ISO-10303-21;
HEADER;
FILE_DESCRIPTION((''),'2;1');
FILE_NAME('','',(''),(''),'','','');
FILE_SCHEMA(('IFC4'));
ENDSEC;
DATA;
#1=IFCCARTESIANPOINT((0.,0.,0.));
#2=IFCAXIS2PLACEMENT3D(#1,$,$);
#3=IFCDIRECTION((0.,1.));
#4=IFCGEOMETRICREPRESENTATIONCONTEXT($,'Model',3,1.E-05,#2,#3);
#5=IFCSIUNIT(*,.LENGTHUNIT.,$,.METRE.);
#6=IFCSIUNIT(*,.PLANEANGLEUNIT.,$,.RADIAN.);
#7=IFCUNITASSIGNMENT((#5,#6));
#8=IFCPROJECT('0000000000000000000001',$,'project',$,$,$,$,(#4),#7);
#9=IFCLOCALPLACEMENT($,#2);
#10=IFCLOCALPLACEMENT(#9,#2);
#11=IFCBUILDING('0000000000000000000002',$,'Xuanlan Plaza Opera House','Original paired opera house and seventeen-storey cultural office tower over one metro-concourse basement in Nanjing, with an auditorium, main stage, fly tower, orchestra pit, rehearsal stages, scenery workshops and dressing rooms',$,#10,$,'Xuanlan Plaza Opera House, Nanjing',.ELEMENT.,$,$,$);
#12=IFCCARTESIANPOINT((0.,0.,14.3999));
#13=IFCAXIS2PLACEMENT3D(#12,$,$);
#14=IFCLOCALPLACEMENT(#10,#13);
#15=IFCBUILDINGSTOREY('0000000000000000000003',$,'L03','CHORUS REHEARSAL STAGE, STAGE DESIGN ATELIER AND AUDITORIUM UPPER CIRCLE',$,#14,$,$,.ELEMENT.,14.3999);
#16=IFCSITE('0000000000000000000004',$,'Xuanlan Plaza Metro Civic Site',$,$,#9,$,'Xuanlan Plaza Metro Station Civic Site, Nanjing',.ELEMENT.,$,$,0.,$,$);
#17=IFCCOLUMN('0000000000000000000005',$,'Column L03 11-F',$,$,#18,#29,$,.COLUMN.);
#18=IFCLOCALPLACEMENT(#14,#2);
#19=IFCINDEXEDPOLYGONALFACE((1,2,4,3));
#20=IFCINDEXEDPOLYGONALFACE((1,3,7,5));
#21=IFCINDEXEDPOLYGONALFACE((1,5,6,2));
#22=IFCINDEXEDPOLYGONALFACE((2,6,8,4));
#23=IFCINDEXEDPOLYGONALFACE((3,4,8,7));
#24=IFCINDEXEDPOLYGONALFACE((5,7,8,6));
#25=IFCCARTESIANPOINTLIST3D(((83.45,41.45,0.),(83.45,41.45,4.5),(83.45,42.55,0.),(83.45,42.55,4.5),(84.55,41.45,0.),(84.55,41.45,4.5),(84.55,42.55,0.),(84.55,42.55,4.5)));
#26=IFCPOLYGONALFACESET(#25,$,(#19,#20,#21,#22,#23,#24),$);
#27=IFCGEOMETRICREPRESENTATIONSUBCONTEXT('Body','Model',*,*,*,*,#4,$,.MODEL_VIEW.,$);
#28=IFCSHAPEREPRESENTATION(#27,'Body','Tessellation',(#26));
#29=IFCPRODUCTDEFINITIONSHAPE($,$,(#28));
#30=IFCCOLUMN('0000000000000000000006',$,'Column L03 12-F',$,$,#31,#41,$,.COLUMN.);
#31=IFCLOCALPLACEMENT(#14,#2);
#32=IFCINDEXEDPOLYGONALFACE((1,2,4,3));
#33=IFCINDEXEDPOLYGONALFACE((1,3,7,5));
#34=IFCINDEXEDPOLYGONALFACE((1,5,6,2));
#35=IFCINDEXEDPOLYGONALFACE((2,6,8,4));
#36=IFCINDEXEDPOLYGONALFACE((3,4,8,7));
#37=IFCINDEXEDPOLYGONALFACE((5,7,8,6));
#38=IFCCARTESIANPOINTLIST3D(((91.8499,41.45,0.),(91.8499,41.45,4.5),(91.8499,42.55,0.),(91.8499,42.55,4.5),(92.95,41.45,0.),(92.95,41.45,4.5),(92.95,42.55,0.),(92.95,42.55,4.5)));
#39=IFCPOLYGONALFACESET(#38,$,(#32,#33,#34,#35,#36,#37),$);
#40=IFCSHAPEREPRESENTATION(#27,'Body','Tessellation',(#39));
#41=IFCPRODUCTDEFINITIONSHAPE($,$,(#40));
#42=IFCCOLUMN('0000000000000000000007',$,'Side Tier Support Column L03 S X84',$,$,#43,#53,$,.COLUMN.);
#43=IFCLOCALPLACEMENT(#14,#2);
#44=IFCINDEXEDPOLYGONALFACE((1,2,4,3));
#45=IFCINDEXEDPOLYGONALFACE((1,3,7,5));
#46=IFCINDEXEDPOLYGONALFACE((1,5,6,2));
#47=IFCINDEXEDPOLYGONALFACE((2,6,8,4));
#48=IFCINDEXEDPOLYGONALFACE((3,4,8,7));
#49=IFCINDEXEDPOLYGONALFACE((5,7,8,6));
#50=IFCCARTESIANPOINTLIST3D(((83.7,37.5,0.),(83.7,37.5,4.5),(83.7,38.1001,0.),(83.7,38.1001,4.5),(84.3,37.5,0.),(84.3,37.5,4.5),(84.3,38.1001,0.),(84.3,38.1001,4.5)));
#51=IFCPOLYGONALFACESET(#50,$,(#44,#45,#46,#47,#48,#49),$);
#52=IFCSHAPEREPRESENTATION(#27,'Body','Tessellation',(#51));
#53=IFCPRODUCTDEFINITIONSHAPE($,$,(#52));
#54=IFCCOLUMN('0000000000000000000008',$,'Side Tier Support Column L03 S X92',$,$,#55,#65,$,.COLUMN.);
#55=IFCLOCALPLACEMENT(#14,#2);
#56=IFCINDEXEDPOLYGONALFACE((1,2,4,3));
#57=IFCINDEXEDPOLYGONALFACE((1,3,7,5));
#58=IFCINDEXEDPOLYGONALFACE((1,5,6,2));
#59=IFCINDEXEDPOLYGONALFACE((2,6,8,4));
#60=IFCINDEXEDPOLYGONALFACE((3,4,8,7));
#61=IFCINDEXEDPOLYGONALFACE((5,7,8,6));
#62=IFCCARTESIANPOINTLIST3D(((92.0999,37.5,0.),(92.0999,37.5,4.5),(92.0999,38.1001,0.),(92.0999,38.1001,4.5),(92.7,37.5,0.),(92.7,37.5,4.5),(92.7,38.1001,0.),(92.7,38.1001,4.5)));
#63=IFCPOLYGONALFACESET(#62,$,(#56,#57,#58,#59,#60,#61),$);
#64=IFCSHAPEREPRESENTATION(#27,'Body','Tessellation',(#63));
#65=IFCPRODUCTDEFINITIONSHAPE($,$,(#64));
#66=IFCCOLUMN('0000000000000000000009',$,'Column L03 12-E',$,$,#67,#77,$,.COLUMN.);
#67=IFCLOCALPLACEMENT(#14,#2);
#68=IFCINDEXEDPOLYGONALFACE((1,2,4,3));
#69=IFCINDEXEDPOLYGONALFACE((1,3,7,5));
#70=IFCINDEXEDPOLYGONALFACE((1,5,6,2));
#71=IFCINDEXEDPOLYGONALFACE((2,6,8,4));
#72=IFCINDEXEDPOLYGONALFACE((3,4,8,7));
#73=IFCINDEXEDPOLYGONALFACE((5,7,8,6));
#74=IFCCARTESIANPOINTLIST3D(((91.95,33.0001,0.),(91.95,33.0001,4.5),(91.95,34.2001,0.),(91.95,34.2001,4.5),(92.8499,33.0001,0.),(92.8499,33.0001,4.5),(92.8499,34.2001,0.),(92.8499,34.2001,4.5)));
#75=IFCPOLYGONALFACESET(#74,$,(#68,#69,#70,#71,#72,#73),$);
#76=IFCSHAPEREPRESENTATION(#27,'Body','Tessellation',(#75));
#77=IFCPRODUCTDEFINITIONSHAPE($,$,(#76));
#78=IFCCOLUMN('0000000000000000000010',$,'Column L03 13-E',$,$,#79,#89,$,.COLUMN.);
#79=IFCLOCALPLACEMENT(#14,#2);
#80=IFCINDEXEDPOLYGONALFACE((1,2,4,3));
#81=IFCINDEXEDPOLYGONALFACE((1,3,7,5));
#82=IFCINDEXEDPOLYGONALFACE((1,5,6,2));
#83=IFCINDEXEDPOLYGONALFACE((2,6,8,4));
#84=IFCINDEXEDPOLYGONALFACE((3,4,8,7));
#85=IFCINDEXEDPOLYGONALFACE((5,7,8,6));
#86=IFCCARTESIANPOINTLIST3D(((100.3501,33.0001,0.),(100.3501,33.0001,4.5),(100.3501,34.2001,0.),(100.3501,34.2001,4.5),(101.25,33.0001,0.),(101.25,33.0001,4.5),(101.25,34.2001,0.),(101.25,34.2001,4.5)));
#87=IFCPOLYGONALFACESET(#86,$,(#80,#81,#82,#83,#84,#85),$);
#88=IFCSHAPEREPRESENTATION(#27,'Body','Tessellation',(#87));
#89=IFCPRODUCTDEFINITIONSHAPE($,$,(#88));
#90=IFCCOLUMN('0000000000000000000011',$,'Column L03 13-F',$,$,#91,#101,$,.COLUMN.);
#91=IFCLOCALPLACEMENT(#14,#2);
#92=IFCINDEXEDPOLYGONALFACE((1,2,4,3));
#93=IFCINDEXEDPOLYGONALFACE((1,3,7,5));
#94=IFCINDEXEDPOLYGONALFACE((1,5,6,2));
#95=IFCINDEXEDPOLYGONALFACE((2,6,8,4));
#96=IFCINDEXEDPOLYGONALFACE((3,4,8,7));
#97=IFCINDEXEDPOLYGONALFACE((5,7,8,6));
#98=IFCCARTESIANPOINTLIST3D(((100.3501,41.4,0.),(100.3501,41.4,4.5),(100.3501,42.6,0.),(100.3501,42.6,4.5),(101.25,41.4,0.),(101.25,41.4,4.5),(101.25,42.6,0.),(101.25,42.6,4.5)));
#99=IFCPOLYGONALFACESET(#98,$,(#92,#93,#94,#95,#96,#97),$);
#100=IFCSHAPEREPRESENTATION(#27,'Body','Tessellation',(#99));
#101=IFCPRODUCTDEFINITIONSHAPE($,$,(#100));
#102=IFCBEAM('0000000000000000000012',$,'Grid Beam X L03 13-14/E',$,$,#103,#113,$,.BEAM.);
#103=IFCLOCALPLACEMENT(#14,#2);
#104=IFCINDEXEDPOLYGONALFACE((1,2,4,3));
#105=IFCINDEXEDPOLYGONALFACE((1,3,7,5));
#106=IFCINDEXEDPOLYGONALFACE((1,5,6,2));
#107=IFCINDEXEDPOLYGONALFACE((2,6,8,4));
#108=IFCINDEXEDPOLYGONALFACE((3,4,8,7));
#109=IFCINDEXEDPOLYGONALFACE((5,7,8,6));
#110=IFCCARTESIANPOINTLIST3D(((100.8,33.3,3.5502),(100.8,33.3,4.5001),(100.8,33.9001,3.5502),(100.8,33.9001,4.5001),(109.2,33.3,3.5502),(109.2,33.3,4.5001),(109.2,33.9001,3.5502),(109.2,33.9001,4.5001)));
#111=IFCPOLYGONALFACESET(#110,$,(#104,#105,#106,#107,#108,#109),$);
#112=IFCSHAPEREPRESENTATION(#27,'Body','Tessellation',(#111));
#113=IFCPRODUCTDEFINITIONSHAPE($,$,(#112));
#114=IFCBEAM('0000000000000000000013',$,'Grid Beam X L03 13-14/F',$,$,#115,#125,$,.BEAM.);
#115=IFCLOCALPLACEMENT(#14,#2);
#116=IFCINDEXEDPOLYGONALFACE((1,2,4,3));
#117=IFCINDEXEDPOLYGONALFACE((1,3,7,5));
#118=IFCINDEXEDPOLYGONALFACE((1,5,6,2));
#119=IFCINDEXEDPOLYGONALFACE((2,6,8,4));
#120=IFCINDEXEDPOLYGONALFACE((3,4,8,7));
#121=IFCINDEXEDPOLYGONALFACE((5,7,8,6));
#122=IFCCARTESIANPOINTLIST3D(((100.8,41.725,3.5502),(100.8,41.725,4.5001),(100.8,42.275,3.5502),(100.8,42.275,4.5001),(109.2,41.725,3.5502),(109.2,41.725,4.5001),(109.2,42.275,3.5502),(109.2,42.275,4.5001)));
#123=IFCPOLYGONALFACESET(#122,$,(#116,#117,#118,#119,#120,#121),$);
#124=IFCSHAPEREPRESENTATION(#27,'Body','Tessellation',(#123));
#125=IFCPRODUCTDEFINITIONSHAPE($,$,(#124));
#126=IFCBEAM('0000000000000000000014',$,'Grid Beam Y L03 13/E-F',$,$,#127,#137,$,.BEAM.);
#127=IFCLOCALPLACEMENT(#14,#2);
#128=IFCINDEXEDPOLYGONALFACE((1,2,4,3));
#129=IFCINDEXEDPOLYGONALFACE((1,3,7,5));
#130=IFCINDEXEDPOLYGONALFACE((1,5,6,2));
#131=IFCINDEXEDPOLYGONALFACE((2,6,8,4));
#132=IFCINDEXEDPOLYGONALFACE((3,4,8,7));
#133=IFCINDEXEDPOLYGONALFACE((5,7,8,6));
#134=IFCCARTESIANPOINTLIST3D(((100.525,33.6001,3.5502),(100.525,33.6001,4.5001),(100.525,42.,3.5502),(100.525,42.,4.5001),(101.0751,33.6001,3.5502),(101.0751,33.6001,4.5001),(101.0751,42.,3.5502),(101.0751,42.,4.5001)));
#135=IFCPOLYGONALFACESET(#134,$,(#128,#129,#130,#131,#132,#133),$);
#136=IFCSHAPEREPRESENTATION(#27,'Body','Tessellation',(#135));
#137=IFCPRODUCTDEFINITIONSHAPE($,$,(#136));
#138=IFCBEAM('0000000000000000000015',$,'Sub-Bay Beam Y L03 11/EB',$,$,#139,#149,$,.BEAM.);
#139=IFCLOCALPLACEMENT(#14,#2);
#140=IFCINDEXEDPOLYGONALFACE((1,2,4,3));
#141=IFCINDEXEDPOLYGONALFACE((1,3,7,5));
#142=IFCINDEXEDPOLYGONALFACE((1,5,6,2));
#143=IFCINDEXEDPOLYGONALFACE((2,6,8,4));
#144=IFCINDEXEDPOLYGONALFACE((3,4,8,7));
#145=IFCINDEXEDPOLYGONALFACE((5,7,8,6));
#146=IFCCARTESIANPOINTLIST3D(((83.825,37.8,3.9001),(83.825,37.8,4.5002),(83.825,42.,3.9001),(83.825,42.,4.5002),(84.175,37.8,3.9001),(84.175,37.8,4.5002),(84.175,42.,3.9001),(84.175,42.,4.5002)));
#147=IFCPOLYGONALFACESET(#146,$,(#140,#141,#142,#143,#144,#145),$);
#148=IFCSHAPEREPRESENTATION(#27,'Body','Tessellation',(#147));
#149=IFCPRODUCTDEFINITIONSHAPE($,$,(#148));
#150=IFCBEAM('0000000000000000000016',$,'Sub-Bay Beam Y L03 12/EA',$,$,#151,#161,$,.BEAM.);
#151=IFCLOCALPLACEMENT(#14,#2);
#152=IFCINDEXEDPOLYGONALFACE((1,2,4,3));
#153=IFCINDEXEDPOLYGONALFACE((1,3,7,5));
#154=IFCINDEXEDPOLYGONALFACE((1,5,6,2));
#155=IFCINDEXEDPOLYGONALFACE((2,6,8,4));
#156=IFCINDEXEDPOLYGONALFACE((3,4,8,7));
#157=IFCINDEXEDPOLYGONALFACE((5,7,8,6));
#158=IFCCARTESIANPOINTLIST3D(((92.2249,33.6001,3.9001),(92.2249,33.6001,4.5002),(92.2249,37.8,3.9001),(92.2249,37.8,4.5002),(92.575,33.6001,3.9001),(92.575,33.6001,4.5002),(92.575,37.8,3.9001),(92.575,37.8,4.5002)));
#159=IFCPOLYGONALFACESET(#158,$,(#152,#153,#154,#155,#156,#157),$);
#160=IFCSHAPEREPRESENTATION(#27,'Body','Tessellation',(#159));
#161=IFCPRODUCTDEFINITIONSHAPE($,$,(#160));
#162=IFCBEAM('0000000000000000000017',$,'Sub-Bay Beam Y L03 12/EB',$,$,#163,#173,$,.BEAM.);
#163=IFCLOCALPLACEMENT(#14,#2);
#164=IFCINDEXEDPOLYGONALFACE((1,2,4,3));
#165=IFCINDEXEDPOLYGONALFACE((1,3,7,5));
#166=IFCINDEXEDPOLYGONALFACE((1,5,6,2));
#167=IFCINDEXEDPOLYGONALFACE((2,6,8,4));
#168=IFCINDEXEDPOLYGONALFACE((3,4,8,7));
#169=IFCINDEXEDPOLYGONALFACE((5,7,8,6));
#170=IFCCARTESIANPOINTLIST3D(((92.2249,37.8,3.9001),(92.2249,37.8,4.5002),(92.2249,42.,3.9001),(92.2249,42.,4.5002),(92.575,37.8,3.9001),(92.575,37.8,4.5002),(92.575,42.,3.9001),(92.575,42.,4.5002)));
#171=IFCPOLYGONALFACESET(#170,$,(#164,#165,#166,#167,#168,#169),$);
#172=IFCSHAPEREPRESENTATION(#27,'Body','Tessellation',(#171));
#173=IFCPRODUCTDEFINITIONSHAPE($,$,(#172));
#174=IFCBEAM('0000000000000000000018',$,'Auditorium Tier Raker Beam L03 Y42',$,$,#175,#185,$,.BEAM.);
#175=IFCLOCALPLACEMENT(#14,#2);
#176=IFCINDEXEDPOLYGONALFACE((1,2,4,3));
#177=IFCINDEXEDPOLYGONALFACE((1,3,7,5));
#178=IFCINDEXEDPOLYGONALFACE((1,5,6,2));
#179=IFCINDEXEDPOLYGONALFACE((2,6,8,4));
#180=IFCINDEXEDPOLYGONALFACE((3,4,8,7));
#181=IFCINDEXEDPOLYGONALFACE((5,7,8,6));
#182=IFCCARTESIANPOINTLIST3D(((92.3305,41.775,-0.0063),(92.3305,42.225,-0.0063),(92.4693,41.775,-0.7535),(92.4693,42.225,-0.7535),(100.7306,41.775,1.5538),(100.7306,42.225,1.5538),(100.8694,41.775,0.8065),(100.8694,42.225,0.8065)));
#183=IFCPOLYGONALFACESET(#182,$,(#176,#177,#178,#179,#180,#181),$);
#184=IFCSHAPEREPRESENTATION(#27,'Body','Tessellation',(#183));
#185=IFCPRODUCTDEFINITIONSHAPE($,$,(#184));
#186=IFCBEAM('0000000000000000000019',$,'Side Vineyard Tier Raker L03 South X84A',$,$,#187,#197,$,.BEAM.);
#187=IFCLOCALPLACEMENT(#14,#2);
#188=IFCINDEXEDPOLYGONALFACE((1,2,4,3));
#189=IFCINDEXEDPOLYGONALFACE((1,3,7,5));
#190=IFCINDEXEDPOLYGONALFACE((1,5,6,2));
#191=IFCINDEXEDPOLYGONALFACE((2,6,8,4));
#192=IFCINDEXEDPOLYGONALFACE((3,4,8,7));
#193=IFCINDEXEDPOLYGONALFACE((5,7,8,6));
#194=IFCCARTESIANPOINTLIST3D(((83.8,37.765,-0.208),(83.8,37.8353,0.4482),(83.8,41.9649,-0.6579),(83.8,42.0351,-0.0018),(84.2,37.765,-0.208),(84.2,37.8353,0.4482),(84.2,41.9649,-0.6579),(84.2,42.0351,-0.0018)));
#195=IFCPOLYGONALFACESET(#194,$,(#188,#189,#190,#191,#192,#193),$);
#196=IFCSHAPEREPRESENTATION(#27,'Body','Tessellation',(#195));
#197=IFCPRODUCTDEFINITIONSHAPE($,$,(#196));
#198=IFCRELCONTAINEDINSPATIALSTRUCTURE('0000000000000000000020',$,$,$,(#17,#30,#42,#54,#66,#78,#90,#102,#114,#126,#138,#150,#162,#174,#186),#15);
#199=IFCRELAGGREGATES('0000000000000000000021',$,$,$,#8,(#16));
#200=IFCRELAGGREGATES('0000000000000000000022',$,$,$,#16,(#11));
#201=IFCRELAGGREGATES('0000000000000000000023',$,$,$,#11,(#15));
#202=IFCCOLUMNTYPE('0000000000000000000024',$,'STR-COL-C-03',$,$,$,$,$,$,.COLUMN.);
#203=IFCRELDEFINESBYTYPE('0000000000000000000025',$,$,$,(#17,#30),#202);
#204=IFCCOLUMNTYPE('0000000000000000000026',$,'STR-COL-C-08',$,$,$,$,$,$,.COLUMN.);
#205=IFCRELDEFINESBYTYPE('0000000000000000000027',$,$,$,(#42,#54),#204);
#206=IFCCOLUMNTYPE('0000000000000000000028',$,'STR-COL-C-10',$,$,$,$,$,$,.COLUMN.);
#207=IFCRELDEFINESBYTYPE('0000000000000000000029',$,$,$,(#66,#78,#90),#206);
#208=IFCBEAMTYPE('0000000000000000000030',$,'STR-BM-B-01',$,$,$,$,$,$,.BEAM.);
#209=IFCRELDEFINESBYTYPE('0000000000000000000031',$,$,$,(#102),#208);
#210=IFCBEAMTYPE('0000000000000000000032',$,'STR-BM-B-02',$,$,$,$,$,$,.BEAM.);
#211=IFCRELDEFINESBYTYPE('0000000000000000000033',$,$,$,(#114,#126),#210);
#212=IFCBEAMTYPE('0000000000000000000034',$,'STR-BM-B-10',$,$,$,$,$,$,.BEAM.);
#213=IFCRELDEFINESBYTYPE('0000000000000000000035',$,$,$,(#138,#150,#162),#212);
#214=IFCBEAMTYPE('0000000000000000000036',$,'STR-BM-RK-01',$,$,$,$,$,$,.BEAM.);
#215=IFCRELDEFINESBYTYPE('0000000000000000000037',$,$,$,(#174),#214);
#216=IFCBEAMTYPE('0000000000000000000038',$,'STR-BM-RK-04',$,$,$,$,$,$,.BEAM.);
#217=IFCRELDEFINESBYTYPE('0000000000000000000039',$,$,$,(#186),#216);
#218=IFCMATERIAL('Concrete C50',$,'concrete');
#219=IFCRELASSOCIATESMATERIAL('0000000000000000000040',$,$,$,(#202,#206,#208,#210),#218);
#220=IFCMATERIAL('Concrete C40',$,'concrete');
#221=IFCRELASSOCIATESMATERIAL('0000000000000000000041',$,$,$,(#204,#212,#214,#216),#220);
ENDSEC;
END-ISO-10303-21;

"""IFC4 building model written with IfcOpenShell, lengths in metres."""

from ifc_helpers import new_model, si_unit, direction, frame, origin, origin_2d, place, context, subcontext, project, spatial, rectangle, extrude, material, material_profile, profile_set, type_object, element, save


model = new_model("IFC4")

# Units and contexts
model_context = context("Model", 3, precision=1e-05, world=origin(), true_north=direction((0.0, 1.0)))
body_context = subcontext(model_context, "Body", "Model", "MODEL_VIEW")
ifc_project = project(units=[si_unit("LENGTHUNIT", "METRE"), si_unit("PLANEANGLEUNIT", "RADIAN")], contexts=[model_context])

# Site, building, storey
site_placement = place(None, origin())
site = spatial("IfcSite", under=ifc_project, at=site_placement, Name="Xuanlan Plaza Metro Civic Site", LongName="Xuanlan Plaza Metro Station Civic Site, Nanjing", CompositionType="ELEMENT", RefElevation=0.0)
building_placement = place(site_placement, origin())
building = spatial("IfcBuilding", under=site, at=building_placement, Name="Xuanlan Plaza Opera House", Description="Original paired opera house and seventeen-storey cultural office tower over one metro-concourse basement in Nanjing, with an auditorium, main stage, fly tower, orchestra pit, rehearsal stages, scenery workshops and dressing rooms", LongName="Xuanlan Plaza Opera House, Nanjing", CompositionType="ELEMENT")
storey_placement = place(building_placement, frame((0.0, 0.0, 14.3999)))
storey = spatial("IfcBuildingStorey", under=building, at=storey_placement, Name="L03", Description="CHORUS REHEARSAL STAGE, STAGE DESIGN ATELIER AND AUDITORIUM UPPER CIRCLE", CompositionType="ELEMENT", Elevation=14.3999)

# Columns
ifc_material_1 = material(Name="Concrete C50", Category="concrete")
ifc_material_profile_1 = material_profile(ifc_material_1, rectangle(XDim=1.1001, YDim=1.1001, at=origin_2d()), Name="RC-COL 1100x1100")
ifc_profile_set_1 = profile_set([ifc_material_profile_1], Name="Concrete C50")
column_type_1 = type_object("IfcColumnType", Name="STR-COL-C-03", PredefinedType="COLUMN", material=ifc_profile_set_1)
for number, where, z_axis, x_axis, name in (
    (1, (84.0, 42.0, 0.0), (0.0, 0.0, 1.0), (1.0, 0.0, 0.0), "Column L03 11-F"),
    (2, (92.3999, 42.0, 0.0), (0.0, 0.0, 1.0), (1.0, 0.0, 0.0), "Column L03 12-F"),
):
    element("IfcColumn", number, at=place(storey_placement, frame(where, z_axis=z_axis, x_axis=x_axis)), inside=storey, type_object=column_type_1, Name=name, PredefinedType="COLUMN", context=body_context, shape_type="SweptSolid", body=[
        extrude(rectangle(XDim=1.1001, YDim=1.1001, at=origin_2d()), origin(), (0.0, 0.0, 1.0), 4.5),
    ])
ifc_material_2 = material(Name="Concrete C40", Category="concrete")
ifc_material_profile_2 = material_profile(ifc_material_2, rectangle(XDim=0.6001, YDim=0.6001, at=origin_2d()), Name="RC-COL 600x600")
ifc_profile_set_2 = profile_set([ifc_material_profile_2], Name="Concrete C40")
column_type_2 = type_object("IfcColumnType", Name="STR-COL-C-08", PredefinedType="COLUMN", material=ifc_profile_set_2)
for number, where, z_axis, x_axis, name in (
    (3, (84.0, 37.8, 0.0), (0.0, 0.0, 1.0), (1.0, 0.0, 0.0), "Side Tier Support Column L03 S X84"),
    (4, (92.3999, 37.8, 0.0), (0.0, 0.0, 1.0), (1.0, 0.0, 0.0), "Side Tier Support Column L03 S X92"),
):
    element("IfcColumn", number, at=place(storey_placement, frame(where, z_axis=z_axis, x_axis=x_axis)), inside=storey, type_object=column_type_2, Name=name, PredefinedType="COLUMN", context=body_context, shape_type="SweptSolid", body=[
        extrude(rectangle(XDim=0.6001, YDim=0.6001, at=origin_2d()), origin(), (0.0, 0.0, 1.0), 4.5),
    ])
ifc_material_profile_3 = material_profile(ifc_material_1, rectangle(XDim=0.8999, YDim=1.2, at=origin_2d()), Name="RC-COL 900x1200")
ifc_profile_set_3 = profile_set([ifc_material_profile_3], Name="Concrete C50")
column_type_3 = type_object("IfcColumnType", Name="STR-COL-C-10", PredefinedType="COLUMN", material=ifc_profile_set_3)
for number, where, z_axis, x_axis, name in (
    (5, (92.3999, 33.6001, 0.0), (0.0, 0.0, 1.0), (1.0, 0.0, 0.0), "Column L03 12-E"),
    (6, (100.8, 33.6001, 0.0), (0.0, 0.0, 1.0), (1.0, 0.0, 0.0), "Column L03 13-E"),
    (7, (100.8, 42.0, 0.0), (0.0, 0.0, 1.0), (1.0, 0.0, 0.0), "Column L03 13-F"),
):
    element("IfcColumn", number, at=place(storey_placement, frame(where, z_axis=z_axis, x_axis=x_axis)), inside=storey, type_object=column_type_3, Name=name, PredefinedType="COLUMN", context=body_context, shape_type="SweptSolid", body=[
        extrude(rectangle(XDim=0.8999, YDim=1.2, at=origin_2d()), origin(), (0.0, 0.0, 1.0), 4.5),
    ])

# Beams
ifc_material_profile_4 = material_profile(ifc_material_1, rectangle(XDim=0.6001, YDim=0.95, at=origin_2d()), Name="RC-BM 600x950")
ifc_profile_set_4 = profile_set([ifc_material_profile_4], Name="Concrete C50")
beam_type_1 = type_object("IfcBeamType", Name="STR-BM-B-01", PredefinedType="BEAM", material=ifc_profile_set_4)
beam_1_placement = place(storey_placement, frame((100.8, 33.6001, 4.0251), z_axis=(1.0, 0.0, 0.0), x_axis=(0.0, 1.0, 0.0)))
element("IfcBeam", 8, at=beam_1_placement, inside=storey, type_object=beam_type_1, Name="Grid Beam X L03 13-14/E", PredefinedType="BEAM", context=body_context, shape_type="SweptSolid", body=[
    extrude(rectangle(XDim=0.6001, YDim=0.95, at=origin_2d()), origin(), (0.0, 0.0, 1.0), 8.3999),
])
ifc_material_profile_5 = material_profile(ifc_material_1, rectangle(XDim=0.55, YDim=0.95, at=origin_2d()), Name="RC-BM 550x950")
ifc_profile_set_5 = profile_set([ifc_material_profile_5], Name="Concrete C50")
beam_type_2 = type_object("IfcBeamType", Name="STR-BM-B-02", PredefinedType="BEAM", material=ifc_profile_set_5)
for number, where, z_axis, x_axis, name in (
    (9, (100.8, 42.0, 4.0251), (1.0, 0.0, 0.0), (0.0, 1.0, 0.0), "Grid Beam X L03 13-14/F"),
    (10, (100.8, 33.6001, 4.0251), (0.0, 1.0, 0.0), (-1.0, 0.0, 0.0), "Grid Beam Y L03 13/E-F"),
):
    element("IfcBeam", number, at=place(storey_placement, frame(where, z_axis=z_axis, x_axis=x_axis)), inside=storey, type_object=beam_type_2, Name=name, PredefinedType="BEAM", context=body_context, shape_type="SweptSolid", body=[
        extrude(rectangle(XDim=0.55, YDim=0.95, at=origin_2d()), origin(), (0.0, 0.0, 1.0), 8.3999),
    ])
ifc_material_profile_6 = material_profile(ifc_material_2, rectangle(XDim=0.3501, YDim=0.6001, at=origin_2d()), Name="RC-BM 350x600")
ifc_profile_set_6 = profile_set([ifc_material_profile_6], Name="Concrete C40")
beam_type_3 = type_object("IfcBeamType", Name="STR-BM-B-10", PredefinedType="BEAM", material=ifc_profile_set_6)
for number, where, z_axis, x_axis, name in (
    (11, (84.0, 37.8, 4.2002), (0.0, 1.0, 0.0), (-1.0, 0.0, 0.0), "Sub-Bay Beam Y L03 11/EB"),
    (12, (92.3999, 33.6001, 4.2002), (0.0, 1.0, 0.0), (-1.0, 0.0, 0.0), "Sub-Bay Beam Y L03 12/EA"),
    (13, (92.3999, 37.8, 4.2002), (0.0, 1.0, 0.0), (-1.0, 0.0, 0.0), "Sub-Bay Beam Y L03 12/EB"),
):
    element("IfcBeam", number, at=place(storey_placement, frame(where, z_axis=z_axis, x_axis=x_axis)), inside=storey, type_object=beam_type_3, Name=name, PredefinedType="BEAM", context=body_context, shape_type="SweptSolid", body=[
        extrude(rectangle(XDim=0.3501, YDim=0.6001, at=origin_2d()), origin(), (0.0, 0.0, 1.0), 4.2),
    ])
ifc_material_profile_7 = material_profile(ifc_material_2, rectangle(XDim=0.45, YDim=0.76, at=origin_2d()), Name="RC-RKR 450x760")
ifc_profile_set_7 = profile_set([ifc_material_profile_7], Name="Concrete C40")
beam_type_4 = type_object("IfcBeamType", Name="STR-BM-RK-01", PredefinedType="BEAM", material=ifc_profile_set_7)
beam_2_placement = place(storey_placement, frame((92.3999, 42.0, -0.3799), z_axis=(0.983188, 0.0, 0.182596), x_axis=(0.0, 1.0, 0.0)))
element("IfcBeam", 14, at=beam_2_placement, inside=storey, type_object=beam_type_4, Name="Auditorium Tier Raker Beam L03 Y42", PredefinedType="BEAM", context=body_context, shape_type="SweptSolid", body=[
    extrude(rectangle(XDim=0.45, YDim=0.76, at=origin_2d()), origin(), (0.0, 0.0, 1.0), 8.5437),
])
ifc_material_profile_8 = material_profile(ifc_material_2, rectangle(XDim=0.3999, YDim=0.6599, at=origin_2d()), Name="RC-RKR 400x660")
ifc_profile_set_8 = profile_set([ifc_material_profile_8], Name="Concrete C40")
beam_type_5 = type_object("IfcBeamType", Name="STR-BM-RK-04", PredefinedType="BEAM", material=ifc_profile_set_8)
for number, where, z_axis, x_axis, name in (
    (15, (84.0, 42.0, -0.3298), (0.0, -0.99431, 0.106523), (1.0, 0.0, 0.0), "Side Vineyard Tier Raker L03 South X84A"),
):
    element("IfcBeam", number, at=place(storey_placement, frame(where, z_axis=z_axis, x_axis=x_axis)), inside=storey, type_object=beam_type_5, Name=name, PredefinedType="BEAM", context=body_context, shape_type="SweptSolid", body=[
        extrude(rectangle(XDim=0.3999, YDim=0.6599, at=origin_2d()), origin(), (0.0, 0.0, 1.0), 4.2239),
    ])

save(model, "model.ifc")
